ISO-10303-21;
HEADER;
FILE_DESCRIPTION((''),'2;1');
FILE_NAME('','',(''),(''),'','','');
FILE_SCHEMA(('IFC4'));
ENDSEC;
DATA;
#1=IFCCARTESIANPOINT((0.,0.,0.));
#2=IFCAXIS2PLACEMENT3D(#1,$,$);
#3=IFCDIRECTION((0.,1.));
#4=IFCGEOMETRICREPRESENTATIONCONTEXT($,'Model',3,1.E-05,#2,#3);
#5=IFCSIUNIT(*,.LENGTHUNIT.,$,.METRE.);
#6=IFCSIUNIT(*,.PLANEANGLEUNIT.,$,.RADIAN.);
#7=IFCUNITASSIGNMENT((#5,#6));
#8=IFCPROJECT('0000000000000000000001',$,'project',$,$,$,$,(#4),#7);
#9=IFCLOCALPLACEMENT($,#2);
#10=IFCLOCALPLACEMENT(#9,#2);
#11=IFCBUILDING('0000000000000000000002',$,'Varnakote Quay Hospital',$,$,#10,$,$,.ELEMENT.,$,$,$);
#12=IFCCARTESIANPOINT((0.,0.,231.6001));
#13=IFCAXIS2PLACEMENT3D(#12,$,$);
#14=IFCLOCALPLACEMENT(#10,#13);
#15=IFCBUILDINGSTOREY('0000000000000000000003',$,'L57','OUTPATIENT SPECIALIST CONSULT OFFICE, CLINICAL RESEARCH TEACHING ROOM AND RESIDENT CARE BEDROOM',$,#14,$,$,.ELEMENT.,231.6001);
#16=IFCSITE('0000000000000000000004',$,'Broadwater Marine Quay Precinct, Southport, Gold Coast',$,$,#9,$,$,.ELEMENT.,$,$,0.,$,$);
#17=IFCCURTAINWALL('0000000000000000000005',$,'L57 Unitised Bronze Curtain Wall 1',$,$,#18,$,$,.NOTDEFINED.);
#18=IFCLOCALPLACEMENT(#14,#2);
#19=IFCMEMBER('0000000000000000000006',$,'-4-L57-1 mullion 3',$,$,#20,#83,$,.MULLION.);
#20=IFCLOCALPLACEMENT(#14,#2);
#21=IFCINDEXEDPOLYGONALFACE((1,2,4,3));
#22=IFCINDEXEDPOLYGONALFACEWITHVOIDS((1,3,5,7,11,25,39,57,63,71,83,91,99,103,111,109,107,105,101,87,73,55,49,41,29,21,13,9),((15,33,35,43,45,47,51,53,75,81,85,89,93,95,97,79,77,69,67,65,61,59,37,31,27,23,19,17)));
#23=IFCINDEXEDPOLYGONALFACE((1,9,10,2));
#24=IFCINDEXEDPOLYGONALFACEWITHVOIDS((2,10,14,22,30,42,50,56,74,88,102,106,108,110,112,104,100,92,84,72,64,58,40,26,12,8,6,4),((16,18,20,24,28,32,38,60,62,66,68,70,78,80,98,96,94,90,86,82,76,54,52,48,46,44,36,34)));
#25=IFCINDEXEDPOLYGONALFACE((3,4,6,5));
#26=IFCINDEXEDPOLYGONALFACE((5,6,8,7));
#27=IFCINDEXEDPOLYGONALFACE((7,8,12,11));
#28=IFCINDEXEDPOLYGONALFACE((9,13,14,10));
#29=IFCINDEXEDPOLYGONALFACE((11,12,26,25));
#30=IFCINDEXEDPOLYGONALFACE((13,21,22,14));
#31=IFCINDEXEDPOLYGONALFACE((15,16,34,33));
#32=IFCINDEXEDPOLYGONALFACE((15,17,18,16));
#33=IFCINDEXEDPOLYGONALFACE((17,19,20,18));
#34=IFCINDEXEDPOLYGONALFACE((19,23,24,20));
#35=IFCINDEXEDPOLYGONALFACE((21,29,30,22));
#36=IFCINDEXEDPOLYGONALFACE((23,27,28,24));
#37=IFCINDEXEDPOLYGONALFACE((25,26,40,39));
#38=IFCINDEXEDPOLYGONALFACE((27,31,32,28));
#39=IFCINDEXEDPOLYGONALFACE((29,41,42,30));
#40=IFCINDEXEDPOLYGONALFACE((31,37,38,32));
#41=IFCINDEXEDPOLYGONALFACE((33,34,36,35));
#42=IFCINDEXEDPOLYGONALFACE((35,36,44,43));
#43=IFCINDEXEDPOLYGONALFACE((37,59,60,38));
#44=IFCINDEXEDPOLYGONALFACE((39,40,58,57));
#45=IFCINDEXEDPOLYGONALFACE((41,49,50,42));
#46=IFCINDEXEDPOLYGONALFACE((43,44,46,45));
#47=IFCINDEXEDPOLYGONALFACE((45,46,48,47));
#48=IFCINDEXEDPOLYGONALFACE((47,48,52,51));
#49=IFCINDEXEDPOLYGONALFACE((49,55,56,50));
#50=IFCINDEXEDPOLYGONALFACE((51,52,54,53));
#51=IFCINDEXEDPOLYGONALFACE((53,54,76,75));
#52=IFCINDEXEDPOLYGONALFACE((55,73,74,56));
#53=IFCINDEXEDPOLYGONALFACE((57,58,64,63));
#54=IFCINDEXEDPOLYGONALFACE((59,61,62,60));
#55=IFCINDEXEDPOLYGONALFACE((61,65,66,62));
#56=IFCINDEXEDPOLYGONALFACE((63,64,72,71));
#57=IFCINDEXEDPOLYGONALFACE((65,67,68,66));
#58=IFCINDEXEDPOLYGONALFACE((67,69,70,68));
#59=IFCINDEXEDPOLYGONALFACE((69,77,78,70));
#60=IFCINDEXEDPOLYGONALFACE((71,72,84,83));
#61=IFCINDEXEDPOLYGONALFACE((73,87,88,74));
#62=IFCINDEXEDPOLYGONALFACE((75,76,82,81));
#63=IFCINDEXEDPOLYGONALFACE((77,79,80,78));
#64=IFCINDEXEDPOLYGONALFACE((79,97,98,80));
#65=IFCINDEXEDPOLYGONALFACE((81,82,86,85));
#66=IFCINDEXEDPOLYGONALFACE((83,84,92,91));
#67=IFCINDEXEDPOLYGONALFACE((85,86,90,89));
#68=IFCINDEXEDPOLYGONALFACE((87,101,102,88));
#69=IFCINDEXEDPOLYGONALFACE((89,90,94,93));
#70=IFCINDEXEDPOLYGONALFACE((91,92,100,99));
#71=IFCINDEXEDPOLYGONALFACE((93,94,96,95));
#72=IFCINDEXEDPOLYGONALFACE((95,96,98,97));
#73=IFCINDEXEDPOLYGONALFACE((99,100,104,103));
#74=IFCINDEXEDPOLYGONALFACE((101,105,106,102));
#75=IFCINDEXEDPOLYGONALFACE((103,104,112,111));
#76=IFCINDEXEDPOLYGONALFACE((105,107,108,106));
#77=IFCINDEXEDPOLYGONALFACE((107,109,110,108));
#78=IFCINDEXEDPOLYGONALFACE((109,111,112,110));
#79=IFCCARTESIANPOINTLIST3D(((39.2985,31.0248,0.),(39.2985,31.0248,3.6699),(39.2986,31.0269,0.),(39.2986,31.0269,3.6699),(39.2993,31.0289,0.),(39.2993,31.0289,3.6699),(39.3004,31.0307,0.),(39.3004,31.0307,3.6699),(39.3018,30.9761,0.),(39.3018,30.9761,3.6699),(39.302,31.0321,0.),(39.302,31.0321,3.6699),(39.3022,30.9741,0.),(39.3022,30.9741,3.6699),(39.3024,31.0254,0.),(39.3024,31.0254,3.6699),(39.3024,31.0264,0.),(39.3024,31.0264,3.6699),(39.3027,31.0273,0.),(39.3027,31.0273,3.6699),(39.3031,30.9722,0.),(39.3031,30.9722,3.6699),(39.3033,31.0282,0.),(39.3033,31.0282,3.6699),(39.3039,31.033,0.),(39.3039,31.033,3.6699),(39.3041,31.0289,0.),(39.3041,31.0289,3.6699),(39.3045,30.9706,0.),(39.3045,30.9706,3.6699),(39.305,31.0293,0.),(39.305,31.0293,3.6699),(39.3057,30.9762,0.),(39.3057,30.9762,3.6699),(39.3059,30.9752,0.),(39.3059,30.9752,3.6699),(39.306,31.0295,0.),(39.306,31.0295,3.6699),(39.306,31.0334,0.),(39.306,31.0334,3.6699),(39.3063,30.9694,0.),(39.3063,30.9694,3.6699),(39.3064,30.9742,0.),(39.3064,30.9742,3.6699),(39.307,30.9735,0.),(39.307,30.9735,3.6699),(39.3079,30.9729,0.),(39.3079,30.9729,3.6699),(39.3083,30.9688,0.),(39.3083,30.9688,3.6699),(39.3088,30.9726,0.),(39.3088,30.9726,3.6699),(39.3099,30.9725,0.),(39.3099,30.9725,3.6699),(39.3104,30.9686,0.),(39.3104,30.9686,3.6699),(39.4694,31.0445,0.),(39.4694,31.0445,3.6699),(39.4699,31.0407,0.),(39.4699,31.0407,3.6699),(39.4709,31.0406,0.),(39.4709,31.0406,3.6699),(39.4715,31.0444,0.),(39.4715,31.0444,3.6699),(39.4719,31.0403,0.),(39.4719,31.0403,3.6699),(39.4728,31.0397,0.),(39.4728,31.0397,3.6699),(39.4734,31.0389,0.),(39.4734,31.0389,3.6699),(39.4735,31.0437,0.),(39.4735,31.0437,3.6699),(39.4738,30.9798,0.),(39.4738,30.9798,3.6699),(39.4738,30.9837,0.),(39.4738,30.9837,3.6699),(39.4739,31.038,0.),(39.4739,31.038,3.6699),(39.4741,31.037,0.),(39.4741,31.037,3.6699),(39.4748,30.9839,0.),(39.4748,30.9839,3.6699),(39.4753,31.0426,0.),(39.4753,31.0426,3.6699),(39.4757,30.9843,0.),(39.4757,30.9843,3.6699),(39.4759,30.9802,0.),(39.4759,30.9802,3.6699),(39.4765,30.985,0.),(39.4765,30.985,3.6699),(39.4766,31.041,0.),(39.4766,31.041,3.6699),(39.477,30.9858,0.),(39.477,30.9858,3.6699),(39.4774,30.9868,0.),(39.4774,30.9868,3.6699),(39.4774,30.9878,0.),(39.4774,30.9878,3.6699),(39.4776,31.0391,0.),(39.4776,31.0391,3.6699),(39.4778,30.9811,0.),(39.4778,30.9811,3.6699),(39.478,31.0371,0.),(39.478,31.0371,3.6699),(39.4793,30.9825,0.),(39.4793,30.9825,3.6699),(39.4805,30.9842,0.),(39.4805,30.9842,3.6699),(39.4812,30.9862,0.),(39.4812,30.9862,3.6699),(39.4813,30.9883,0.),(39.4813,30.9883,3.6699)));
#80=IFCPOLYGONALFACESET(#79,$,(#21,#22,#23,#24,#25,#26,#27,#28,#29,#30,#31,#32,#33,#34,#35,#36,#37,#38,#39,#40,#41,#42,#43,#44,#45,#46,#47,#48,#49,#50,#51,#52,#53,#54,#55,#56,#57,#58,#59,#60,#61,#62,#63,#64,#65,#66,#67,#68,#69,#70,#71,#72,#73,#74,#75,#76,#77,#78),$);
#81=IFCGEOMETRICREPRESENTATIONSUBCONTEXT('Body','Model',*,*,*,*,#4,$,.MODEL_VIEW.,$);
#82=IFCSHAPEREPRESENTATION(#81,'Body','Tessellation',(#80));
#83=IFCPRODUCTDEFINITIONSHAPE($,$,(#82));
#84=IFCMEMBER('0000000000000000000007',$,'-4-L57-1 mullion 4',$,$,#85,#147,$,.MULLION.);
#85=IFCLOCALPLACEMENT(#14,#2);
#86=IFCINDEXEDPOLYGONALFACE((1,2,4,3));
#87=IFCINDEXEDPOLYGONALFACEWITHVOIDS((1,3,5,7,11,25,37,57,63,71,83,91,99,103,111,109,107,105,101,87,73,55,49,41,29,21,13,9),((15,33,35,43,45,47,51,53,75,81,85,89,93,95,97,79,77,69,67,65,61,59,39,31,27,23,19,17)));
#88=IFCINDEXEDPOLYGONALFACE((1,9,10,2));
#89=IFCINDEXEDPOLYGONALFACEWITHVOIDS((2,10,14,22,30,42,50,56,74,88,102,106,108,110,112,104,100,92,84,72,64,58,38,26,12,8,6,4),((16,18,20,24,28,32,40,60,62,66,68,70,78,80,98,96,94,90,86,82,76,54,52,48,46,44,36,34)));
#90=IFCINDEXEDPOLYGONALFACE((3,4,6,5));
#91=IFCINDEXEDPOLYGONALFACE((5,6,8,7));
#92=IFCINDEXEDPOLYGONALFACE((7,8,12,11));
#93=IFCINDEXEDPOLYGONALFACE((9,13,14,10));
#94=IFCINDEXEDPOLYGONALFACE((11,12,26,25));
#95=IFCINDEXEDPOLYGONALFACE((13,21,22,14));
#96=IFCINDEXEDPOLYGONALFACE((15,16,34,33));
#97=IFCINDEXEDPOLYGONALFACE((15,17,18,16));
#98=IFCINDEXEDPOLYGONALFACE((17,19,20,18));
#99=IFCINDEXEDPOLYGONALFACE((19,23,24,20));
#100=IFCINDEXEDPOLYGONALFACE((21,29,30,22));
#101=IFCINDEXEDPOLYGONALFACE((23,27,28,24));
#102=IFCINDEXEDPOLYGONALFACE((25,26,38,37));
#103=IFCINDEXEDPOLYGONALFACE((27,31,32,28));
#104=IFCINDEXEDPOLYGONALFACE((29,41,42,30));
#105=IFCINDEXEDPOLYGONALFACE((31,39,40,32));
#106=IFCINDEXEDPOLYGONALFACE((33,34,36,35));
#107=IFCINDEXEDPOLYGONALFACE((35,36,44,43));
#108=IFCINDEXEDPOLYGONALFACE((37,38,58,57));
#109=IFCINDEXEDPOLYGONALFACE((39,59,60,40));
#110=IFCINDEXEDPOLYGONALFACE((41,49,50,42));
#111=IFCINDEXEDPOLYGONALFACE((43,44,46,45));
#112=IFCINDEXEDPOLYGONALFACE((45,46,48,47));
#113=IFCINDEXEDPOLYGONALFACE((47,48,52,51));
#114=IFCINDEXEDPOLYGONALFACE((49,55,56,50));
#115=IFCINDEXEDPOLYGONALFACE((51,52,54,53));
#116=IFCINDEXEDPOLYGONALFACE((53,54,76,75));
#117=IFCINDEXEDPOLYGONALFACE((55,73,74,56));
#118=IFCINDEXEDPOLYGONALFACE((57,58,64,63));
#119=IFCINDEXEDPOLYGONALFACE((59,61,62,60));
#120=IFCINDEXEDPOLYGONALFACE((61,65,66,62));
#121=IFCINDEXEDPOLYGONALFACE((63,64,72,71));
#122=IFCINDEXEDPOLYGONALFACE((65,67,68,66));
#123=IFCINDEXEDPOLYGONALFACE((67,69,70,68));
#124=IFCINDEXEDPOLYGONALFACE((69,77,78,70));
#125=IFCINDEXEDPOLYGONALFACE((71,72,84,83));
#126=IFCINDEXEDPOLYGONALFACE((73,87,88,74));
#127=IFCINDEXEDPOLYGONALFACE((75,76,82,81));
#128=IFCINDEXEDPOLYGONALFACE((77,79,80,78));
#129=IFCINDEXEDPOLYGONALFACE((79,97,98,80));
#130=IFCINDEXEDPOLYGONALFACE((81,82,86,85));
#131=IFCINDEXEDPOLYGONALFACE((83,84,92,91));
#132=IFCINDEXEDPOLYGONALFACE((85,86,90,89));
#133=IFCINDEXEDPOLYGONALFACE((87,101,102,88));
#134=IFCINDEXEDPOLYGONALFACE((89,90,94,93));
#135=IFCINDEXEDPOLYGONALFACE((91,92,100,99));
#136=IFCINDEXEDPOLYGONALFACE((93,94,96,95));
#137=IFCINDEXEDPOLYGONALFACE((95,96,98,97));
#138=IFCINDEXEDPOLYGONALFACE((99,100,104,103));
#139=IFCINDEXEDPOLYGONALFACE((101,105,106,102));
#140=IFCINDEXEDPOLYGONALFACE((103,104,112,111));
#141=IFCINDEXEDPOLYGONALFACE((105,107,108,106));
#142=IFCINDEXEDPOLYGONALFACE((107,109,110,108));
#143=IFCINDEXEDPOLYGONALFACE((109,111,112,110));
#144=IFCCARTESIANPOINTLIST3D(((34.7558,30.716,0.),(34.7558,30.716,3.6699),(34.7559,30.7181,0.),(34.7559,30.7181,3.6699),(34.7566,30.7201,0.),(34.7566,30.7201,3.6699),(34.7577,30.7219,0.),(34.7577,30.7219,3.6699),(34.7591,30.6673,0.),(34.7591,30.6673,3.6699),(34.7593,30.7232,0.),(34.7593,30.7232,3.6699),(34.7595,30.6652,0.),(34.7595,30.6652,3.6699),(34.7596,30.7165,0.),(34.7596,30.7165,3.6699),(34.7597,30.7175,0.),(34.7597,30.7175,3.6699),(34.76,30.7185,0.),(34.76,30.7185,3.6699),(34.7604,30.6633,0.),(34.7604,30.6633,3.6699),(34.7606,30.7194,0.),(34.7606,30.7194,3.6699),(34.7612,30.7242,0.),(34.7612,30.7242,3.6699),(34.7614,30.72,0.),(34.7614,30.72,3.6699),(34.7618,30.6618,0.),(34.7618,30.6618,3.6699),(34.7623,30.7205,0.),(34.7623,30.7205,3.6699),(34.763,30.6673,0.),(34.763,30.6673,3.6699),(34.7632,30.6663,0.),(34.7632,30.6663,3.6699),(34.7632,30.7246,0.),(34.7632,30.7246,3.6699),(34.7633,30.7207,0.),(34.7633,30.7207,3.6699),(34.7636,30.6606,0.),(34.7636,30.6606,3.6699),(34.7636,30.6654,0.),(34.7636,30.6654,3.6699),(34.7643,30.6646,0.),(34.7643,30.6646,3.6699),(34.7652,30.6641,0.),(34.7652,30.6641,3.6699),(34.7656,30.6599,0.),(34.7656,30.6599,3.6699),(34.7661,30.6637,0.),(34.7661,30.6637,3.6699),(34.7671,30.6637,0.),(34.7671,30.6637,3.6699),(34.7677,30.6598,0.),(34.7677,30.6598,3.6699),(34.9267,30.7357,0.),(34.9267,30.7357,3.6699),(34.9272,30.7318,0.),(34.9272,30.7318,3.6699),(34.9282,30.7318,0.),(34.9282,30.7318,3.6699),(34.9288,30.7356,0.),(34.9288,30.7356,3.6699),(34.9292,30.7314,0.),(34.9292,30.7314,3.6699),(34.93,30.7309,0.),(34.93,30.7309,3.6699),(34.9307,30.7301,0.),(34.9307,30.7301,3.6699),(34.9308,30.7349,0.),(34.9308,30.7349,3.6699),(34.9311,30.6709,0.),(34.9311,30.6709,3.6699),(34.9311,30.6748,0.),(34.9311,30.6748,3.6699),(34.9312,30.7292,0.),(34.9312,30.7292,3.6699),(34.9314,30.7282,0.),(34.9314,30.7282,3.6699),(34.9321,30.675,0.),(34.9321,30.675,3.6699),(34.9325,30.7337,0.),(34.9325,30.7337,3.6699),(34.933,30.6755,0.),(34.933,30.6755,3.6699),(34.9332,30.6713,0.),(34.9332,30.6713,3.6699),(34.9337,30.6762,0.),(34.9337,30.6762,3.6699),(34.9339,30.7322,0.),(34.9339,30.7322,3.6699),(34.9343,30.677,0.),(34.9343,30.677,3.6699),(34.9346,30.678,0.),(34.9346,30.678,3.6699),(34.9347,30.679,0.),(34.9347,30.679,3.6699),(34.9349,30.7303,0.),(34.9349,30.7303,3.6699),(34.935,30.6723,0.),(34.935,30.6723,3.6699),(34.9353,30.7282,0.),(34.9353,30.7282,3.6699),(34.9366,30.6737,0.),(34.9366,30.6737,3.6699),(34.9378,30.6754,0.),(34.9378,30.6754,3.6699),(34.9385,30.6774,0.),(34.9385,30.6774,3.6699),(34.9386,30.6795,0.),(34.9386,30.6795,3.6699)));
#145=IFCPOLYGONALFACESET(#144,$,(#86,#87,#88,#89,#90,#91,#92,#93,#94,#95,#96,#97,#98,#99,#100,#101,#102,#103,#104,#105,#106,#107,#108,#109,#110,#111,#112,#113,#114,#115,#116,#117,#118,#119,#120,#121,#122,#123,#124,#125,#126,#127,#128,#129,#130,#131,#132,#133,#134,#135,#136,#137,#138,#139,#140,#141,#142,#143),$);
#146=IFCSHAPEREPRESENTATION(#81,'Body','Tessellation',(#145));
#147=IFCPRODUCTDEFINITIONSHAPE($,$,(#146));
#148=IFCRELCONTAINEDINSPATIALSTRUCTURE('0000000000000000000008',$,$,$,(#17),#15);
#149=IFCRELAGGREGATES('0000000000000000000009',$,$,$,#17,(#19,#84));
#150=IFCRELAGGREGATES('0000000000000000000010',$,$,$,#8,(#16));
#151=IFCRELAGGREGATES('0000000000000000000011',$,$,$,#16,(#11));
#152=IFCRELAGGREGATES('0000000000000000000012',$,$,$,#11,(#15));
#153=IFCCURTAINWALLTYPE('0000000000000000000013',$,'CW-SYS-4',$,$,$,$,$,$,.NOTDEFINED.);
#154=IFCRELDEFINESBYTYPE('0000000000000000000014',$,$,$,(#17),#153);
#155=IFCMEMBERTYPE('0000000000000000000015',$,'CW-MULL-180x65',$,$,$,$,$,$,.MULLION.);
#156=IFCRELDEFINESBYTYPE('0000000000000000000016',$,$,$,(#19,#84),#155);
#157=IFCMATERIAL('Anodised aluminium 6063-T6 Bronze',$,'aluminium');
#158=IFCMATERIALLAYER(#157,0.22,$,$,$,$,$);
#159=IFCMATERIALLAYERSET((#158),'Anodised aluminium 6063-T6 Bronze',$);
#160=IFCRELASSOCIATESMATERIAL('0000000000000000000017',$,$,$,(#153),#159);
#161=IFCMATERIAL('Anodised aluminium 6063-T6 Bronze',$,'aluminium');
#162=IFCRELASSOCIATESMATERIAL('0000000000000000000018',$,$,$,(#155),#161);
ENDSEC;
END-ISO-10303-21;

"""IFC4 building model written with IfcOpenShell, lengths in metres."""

from ifc_helpers import new_model, si_unit, direction, frame, origin, origin_2d, place, context, subcontext, project, spatial, hollow_rectangle, extrude, material, layer, layer_set, material_profile, profile_set, type_object, element, aggregate, save


model = new_model("IFC4")

# Units and contexts
model_context = context("Model", 3, precision=1e-05, world=origin(), true_north=direction((0.0, 1.0)))
body_context = subcontext(model_context, "Body", "Model", "MODEL_VIEW")
ifc_project = project(units=[si_unit("LENGTHUNIT", "METRE"), si_unit("PLANEANGLEUNIT", "RADIAN")], contexts=[model_context])

# Site, building, storey
site_placement = place(None, origin())
site = spatial("IfcSite", under=ifc_project, at=site_placement, Name="Broadwater Marine Quay Precinct, Southport, Gold Coast", CompositionType="ELEMENT", RefElevation=0.0)
building_placement = place(site_placement, origin())
building = spatial("IfcBuilding", under=site, at=building_placement, Name="Varnakote Quay Hospital", CompositionType="ELEMENT")
storey_placement = place(building_placement, frame((0.0, 0.0, 231.6001)))
storey = spatial("IfcBuildingStorey", under=building, at=storey_placement, Name="L57", Description="OUTPATIENT SPECIALIST CONSULT OFFICE, CLINICAL RESEARCH TEACHING ROOM AND RESIDENT CARE BEDROOM", CompositionType="ELEMENT", Elevation=231.6001)

# Curtain wall, members
ifc_material_1 = material(Name="Anodised aluminium 6063-T6 Bronze", Category="aluminium")
ifc_layer_1 = layer(ifc_material_1, 0.22)
ifc_layer_set_1 = layer_set([ifc_layer_1], Name="Anodised aluminium 6063-T6 Bronze")
curtain_wall_type = type_object("IfcCurtainWallType", Name="CW-SYS-4", PredefinedType="NOTDEFINED", material=ifc_layer_set_1)
curtain_wall_placement = place(storey_placement, origin())
curtain_wall = element("IfcCurtainWall", 1, at=curtain_wall_placement, inside=storey, type_object=curtain_wall_type, Name="L57 Unitised Bronze Curtain Wall 1", PredefinedType="NOTDEFINED")
ifc_material_2 = material(Name="Anodised aluminium 6063-T6 Bronze", Category="aluminium")
ifc_material_profile_1 = material_profile(ifc_material_2, hollow_rectangle(XDim=0.0649, YDim=0.1799, WallThickness=0.0039, InnerFilletRadius=0.0039, OuterFilletRadius=0.0081, at=origin_2d()), Name="CW-MULL-180x65")
ifc_profile_set_1 = profile_set([ifc_material_profile_1], Name="Anodised aluminium 6063-T6 Bronze")
member_type_1 = type_object("IfcMemberType", Name="CW-MULL-180x65", PredefinedType="MULLION", material=ifc_profile_set_1)
member_1_placement = place(storey_placement, frame((39.3899, 31.0066, 0.0), z_axis=(0.0, 0.0, 1.0), x_axis=(0.067842, -0.997696, 0.0)))
member_1 = element("IfcMember", 2, at=member_1_placement, type_object=member_type_1, Name="-4-L57-1 mullion 3", PredefinedType="MULLION", context=body_context, shape_type="SweptSolid", body=[
    extrude(hollow_rectangle(XDim=0.0649, YDim=0.1799, WallThickness=0.0039, InnerFilletRadius=0.0039, OuterFilletRadius=0.0081, at=origin_2d()), origin(), (0.0, 0.0, 1.0), 3.6699),
])
member_2_placement = place(storey_placement, frame((34.8472, 30.6978, 0.0), z_axis=(0.0, 0.0, 1.0), x_axis=(0.067842, -0.997696, 0.0)))
member_2 = element("IfcMember", 3, at=member_2_placement, type_object=member_type_1, Name="-4-L57-1 mullion 4", PredefinedType="MULLION", context=body_context, shape_type="SweptSolid", body=[
    extrude(hollow_rectangle(XDim=0.0649, YDim=0.1799, WallThickness=0.0039, InnerFilletRadius=0.0039, OuterFilletRadius=0.0081, at=origin_2d()), origin(), (0.0, 0.0, 1.0), 3.6699),
])
aggregate(curtain_wall, [member_1, member_2])

save(model, "model.ifc")
